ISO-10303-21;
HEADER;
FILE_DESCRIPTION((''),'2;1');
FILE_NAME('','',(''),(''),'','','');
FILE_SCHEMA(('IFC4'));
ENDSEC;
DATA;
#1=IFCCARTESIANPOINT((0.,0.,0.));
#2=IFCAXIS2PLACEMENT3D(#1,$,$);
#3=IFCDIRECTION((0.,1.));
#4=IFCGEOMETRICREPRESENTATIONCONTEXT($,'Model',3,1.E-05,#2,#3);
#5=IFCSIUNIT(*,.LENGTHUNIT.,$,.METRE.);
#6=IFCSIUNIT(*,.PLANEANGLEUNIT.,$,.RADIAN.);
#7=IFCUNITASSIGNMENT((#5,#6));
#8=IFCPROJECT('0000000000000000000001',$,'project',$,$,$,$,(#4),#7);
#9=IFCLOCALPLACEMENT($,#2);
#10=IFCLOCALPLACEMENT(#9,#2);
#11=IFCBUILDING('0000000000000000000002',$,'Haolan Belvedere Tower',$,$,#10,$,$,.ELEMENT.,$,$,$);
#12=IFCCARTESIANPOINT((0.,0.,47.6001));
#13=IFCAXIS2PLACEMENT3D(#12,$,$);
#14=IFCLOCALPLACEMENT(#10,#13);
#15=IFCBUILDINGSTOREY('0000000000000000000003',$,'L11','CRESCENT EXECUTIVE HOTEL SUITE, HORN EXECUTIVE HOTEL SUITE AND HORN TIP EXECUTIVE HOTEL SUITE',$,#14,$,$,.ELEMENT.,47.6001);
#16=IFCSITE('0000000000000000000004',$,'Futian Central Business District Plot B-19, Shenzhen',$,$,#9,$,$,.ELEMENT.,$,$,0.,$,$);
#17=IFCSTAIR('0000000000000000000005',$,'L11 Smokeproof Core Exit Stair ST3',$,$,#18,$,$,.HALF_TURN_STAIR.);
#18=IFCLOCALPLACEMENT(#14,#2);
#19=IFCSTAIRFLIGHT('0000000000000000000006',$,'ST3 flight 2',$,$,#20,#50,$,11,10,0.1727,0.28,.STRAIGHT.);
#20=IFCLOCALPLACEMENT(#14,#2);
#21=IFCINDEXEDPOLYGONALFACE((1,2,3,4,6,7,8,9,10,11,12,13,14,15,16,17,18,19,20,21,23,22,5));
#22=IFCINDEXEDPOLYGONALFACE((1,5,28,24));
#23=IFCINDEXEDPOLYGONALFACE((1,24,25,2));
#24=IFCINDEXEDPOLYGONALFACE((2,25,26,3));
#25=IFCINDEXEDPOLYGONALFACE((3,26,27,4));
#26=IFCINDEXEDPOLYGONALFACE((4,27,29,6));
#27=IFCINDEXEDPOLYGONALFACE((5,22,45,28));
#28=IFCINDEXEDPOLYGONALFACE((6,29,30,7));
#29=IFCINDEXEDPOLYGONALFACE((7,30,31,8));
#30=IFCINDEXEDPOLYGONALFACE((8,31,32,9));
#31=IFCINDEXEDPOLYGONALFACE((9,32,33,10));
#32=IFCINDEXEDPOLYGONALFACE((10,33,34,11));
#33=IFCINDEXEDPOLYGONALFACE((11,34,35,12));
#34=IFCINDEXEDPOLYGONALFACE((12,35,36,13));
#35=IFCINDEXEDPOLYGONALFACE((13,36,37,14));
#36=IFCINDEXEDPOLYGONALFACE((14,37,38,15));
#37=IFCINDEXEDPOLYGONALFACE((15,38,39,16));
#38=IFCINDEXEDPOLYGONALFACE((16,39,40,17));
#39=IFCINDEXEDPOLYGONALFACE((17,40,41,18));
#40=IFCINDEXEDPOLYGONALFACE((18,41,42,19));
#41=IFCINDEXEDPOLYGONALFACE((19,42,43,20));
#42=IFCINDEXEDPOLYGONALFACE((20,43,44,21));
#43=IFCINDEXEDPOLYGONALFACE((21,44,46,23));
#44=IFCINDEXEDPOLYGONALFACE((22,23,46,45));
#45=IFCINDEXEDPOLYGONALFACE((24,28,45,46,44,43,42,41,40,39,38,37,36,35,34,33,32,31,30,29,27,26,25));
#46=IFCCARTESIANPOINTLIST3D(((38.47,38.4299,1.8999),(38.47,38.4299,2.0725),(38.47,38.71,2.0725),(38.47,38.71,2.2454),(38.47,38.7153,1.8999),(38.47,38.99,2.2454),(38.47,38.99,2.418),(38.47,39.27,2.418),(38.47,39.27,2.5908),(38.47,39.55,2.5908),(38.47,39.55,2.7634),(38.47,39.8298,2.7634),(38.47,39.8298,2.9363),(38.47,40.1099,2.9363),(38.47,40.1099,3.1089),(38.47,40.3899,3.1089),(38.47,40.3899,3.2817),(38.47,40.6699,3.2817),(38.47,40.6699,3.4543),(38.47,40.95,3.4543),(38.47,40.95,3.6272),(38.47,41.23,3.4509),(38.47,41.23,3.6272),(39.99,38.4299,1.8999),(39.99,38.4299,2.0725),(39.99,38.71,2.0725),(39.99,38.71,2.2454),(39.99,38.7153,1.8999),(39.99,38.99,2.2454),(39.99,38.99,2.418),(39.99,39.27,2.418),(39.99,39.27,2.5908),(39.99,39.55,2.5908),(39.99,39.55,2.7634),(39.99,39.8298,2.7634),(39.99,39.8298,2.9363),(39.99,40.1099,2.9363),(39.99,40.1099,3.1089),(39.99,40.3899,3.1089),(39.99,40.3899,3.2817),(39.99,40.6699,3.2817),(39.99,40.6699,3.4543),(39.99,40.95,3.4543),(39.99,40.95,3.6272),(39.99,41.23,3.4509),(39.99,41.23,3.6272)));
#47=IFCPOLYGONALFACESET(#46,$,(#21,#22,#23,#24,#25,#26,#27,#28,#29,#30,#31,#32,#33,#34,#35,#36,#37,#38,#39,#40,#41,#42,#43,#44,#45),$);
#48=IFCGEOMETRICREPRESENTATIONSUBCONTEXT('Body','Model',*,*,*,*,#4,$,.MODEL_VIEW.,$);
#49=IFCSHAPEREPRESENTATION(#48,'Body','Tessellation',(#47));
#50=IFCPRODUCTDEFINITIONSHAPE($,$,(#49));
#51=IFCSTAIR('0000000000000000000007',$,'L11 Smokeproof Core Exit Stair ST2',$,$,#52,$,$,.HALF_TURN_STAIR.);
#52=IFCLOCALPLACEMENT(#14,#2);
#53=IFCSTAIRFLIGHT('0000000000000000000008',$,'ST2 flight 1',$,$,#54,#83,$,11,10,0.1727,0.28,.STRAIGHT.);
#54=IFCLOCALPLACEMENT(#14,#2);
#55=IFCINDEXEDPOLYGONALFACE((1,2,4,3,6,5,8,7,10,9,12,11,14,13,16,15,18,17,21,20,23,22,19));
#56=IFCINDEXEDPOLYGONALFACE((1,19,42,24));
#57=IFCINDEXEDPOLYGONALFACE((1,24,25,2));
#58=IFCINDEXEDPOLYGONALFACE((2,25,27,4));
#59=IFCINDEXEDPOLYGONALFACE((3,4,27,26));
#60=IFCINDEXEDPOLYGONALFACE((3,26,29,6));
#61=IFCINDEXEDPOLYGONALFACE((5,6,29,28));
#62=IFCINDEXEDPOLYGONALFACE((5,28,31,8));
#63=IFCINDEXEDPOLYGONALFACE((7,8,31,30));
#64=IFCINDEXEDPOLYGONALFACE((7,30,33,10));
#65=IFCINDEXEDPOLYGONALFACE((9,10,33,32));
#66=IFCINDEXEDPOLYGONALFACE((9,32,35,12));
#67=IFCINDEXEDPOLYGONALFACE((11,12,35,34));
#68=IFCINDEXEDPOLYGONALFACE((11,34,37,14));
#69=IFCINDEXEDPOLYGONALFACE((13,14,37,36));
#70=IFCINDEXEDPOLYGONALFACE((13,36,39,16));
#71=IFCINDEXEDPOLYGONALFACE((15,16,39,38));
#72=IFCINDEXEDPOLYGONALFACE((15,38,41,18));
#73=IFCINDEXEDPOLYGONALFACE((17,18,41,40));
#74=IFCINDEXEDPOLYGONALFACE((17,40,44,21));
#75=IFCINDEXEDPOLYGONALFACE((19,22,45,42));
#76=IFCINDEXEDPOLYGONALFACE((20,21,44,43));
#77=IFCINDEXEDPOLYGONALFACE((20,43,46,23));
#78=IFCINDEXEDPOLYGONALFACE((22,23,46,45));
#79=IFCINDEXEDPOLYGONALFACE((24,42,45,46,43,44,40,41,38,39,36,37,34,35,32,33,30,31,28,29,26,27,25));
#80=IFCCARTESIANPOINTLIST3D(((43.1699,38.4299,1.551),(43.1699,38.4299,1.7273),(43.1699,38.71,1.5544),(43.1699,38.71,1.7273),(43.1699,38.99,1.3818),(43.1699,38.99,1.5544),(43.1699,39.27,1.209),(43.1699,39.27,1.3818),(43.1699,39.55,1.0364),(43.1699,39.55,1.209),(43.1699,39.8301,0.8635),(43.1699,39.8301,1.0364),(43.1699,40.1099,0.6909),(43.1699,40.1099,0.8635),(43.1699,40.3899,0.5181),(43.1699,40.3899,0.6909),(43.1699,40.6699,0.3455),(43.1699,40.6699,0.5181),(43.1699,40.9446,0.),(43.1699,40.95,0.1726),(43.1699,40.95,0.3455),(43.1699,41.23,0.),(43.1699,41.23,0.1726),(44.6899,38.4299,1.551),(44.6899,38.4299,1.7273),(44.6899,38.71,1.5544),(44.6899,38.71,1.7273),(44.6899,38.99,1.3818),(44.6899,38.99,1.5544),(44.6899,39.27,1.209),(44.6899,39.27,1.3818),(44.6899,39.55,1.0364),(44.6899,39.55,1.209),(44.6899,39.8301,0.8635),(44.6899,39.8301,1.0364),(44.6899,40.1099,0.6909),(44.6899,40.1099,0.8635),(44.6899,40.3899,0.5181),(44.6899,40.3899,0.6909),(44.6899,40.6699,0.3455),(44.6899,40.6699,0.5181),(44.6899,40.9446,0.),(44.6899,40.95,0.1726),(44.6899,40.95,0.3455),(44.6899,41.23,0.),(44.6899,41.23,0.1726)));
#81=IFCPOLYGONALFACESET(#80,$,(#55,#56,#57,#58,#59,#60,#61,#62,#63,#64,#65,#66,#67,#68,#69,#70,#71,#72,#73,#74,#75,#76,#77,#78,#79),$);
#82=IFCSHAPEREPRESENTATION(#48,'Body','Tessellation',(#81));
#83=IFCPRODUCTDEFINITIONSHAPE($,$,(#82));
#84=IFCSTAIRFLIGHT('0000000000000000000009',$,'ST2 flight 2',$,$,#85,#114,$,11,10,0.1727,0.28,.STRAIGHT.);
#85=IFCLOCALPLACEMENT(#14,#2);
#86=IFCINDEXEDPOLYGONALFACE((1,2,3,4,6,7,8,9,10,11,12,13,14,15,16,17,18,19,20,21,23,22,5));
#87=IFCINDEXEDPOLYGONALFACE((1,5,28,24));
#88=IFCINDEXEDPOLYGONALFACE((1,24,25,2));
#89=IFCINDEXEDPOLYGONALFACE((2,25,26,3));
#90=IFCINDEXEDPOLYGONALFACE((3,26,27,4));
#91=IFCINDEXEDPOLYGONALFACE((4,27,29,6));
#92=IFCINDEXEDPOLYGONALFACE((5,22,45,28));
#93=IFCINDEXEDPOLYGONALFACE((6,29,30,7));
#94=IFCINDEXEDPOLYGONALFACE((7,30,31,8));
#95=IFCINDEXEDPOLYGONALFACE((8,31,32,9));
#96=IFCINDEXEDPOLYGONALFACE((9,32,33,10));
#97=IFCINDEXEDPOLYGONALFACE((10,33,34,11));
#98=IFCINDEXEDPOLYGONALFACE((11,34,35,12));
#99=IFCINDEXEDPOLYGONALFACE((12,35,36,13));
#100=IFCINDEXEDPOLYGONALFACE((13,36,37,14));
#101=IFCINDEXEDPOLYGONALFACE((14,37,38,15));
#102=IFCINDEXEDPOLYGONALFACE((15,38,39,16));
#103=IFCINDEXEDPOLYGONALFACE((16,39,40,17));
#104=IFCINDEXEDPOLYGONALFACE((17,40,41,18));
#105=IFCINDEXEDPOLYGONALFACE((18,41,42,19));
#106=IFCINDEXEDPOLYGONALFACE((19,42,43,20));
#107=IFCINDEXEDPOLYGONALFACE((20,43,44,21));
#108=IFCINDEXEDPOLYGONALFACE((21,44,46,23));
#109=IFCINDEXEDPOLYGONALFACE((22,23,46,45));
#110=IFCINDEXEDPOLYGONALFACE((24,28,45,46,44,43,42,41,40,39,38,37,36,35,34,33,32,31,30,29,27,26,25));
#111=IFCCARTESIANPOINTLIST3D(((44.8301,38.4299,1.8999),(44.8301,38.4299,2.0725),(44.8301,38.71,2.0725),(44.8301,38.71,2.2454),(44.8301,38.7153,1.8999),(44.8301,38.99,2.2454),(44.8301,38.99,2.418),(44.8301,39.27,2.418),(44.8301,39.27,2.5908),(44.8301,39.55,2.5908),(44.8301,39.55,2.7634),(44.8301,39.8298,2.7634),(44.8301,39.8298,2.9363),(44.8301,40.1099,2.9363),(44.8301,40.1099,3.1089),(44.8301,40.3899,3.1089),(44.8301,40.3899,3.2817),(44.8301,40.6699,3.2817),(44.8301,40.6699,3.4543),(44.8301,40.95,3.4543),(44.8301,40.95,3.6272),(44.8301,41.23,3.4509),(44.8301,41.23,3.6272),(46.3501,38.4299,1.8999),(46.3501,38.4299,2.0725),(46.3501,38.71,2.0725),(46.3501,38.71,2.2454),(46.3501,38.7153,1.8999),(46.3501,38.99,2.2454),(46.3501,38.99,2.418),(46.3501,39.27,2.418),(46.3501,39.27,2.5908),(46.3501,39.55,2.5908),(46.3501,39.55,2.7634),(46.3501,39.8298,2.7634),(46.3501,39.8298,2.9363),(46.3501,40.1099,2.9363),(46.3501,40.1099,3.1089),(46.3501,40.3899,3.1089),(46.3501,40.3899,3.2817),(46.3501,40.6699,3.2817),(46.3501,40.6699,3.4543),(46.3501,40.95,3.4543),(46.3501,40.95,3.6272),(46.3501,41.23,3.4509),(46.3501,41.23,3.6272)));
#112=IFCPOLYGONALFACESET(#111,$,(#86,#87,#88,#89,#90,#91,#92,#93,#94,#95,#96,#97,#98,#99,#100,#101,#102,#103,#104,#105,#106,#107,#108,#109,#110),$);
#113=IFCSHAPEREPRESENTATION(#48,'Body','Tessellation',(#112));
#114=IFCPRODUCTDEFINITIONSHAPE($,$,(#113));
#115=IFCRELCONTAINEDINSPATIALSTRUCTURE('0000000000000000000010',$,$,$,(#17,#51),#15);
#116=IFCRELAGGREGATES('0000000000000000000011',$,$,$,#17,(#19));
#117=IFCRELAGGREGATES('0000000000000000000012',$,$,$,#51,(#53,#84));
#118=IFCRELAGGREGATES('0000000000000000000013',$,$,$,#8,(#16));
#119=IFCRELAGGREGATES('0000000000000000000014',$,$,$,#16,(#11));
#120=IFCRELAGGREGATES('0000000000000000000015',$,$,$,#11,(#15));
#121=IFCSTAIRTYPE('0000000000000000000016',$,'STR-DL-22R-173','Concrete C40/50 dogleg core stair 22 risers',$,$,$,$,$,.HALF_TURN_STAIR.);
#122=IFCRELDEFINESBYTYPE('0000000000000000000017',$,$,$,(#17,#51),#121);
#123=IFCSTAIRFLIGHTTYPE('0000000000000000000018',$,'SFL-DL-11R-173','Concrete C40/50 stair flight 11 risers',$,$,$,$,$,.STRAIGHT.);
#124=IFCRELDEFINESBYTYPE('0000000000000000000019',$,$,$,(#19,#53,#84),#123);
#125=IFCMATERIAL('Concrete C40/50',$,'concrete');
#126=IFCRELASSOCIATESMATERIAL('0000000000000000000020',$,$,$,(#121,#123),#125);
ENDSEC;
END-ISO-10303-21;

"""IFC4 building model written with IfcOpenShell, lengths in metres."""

from ifc_helpers import new_model, si_unit, direction, frame, origin, place, context, subcontext, project, spatial, polyline, outline, extrude, material, type_object, element, aggregate, save


model = new_model("IFC4")

# Units and contexts
model_context = context("Model", 3, precision=1e-05, world=origin(), true_north=direction((0.0, 1.0)))
body_context = subcontext(model_context, "Body", "Model", "MODEL_VIEW")
ifc_project = project(units=[si_unit("LENGTHUNIT", "METRE"), si_unit("PLANEANGLEUNIT", "RADIAN")], contexts=[model_context])

# Site, building, storey
site_placement = place(None, origin())
site = spatial("IfcSite", under=ifc_project, at=site_placement, Name="Futian Central Business District Plot B-19, Shenzhen", CompositionType="ELEMENT", RefElevation=0.0)
building_placement = place(site_placement, origin())
building = spatial("IfcBuilding", under=site, at=building_placement, Name="Haolan Belvedere Tower", CompositionType="ELEMENT")
storey_placement = place(building_placement, frame((0.0, 0.0, 47.6001)))
storey = spatial("IfcBuildingStorey", under=building, at=storey_placement, Name="L11", Description="CRESCENT EXECUTIVE HOTEL SUITE, HORN EXECUTIVE HOTEL SUITE AND HORN TIP EXECUTIVE HOTEL SUITE", CompositionType="ELEMENT", Elevation=47.6001)

# Stair, stair flight
ifc_material_1 = material(Name="Concrete C40/50", Category="concrete")
stair_type = type_object("IfcStairType", Name="STR-DL-22R-173", Description="Concrete C40/50 dogleg core stair 22 risers", PredefinedType="HALF_TURN_STAIR", material=ifc_material_1)
stair_1_placement = place(storey_placement, origin())
stair_1 = element("IfcStair", 1, at=stair_1_placement, inside=storey, type_object=stair_type, Name="L11 Smokeproof Core Exit Stair ST3", PredefinedType="HALF_TURN_STAIR")
stair_flight_type = type_object("IfcStairFlightType", Name="SFL-DL-11R-173", Description="Concrete C40/50 stair flight 11 risers", PredefinedType="STRAIGHT", material=ifc_material_1)
stair_flight_1_placement = place(storey_placement, frame((39.23, 38.4299, 1.8999), z_axis=(0.0, 0.0, 1.0), x_axis=(0.0, 1.0, 0.0)))
stair_flight_1 = element("IfcStairFlight", 2, at=stair_flight_1_placement, type_object=stair_flight_type, Name="ST3 flight 2", NumberOfRisers=11, NumberOfTreads=10, PredefinedType="STRAIGHT", RiserHeight=0.1727, TreadLength=0.28, context=body_context, shape_type="SweptSolid", body=[
    extrude(outline(polyline([(0.0, 0.0), (0.0, 0.1726), (0.28, 0.1726), (0.28, 0.3455), (0.5601, 0.3455), (0.5601, 0.5181), (0.8401, 0.5181), (0.8401, 0.6909), (1.1201, 0.6909), (1.1201, 0.8635), (1.3999, 0.8635), (1.3999, 1.0364), (1.6799, 1.0364), (1.6799, 1.209), (1.96, 1.209), (1.96, 1.3818), (2.24, 1.3818), (2.24, 1.5544), (2.52, 1.5544), (2.52, 1.7273), (2.8, 1.7273), (2.8, 1.8999), (2.8, 1.551), (0.2854, 0.0), (0.0, 0.0)])), frame((0.0, 0.76, 0.0), z_axis=(0.0, -1.0, 0.0), x_axis=(1.0, 0.0, 0.0)), (0.0, 0.0, 1.0), 1.52),
])
aggregate(stair_1, [stair_flight_1])

# Stair, stair flights
stair_2_placement = place(storey_placement, origin())
stair_2 = element("IfcStair", 3, at=stair_2_placement, inside=storey, type_object=stair_type, Name="L11 Smokeproof Core Exit Stair ST2", PredefinedType="HALF_TURN_STAIR")
stair_flight_2_placement = place(storey_placement, frame((43.9299, 41.23, 0.0), z_axis=(0.0, 0.0, 1.0), x_axis=(0.0, -1.0, 0.0)))
stair_flight_2 = element("IfcStairFlight", 4, at=stair_flight_2_placement, type_object=stair_flight_type, Name="ST2 flight 1", NumberOfRisers=11, NumberOfTreads=10, PredefinedType="STRAIGHT", RiserHeight=0.1727, TreadLength=0.28, context=body_context, shape_type="SweptSolid", body=[
    extrude(outline(polyline([(0.0, 0.0), (0.0, 0.1726), (0.28, 0.1726), (0.28, 0.3455), (0.5601, 0.3455), (0.5601, 0.5181), (0.8401, 0.5181), (0.8401, 0.6909), (1.1201, 0.6909), (1.1201, 0.8635), (1.3999, 0.8635), (1.3999, 1.0364), (1.6799, 1.0364), (1.6799, 1.209), (1.96, 1.209), (1.96, 1.3818), (2.24, 1.3818), (2.24, 1.5544), (2.52, 1.5544), (2.52, 1.7273), (2.8, 1.7273), (2.8, 1.8999), (2.8, 1.551), (0.2854, 0.0), (0.0, 0.0)])), frame((0.0, 0.76, 0.0), z_axis=(0.0, -1.0, 0.0), x_axis=(1.0, 0.0, 0.0)), (0.0, 0.0, 1.0), 1.52),
])
stair_flight_3_placement = place(storey_placement, frame((45.5901, 38.4299, 1.8999), z_axis=(0.0, 0.0, 1.0), x_axis=(0.0, 1.0, 0.0)))
stair_flight_3 = element("IfcStairFlight", 5, at=stair_flight_3_placement, type_object=stair_flight_type, Name="ST2 flight 2", NumberOfRisers=11, NumberOfTreads=10, PredefinedType="STRAIGHT", RiserHeight=0.1727, TreadLength=0.28, context=body_context, shape_type="SweptSolid", body=[
    extrude(outline(polyline([(0.0, 0.0), (0.0, 0.1726), (0.28, 0.1726), (0.28, 0.3455), (0.5601, 0.3455), (0.5601, 0.5181), (0.8401, 0.5181), (0.8401, 0.6909), (1.1201, 0.6909), (1.1201, 0.8635), (1.3999, 0.8635), (1.3999, 1.0364), (1.6799, 1.0364), (1.6799, 1.209), (1.96, 1.209), (1.96, 1.3818), (2.24, 1.3818), (2.24, 1.5544), (2.52, 1.5544), (2.52, 1.7273), (2.8, 1.7273), (2.8, 1.8999), (2.8, 1.551), (0.2854, 0.0), (0.0, 0.0)])), frame((0.0, 0.76, 0.0), z_axis=(0.0, -1.0, 0.0), x_axis=(1.0, 0.0, 0.0)), (0.0, 0.0, 1.0), 1.52),
])
aggregate(stair_2, [stair_flight_2, stair_flight_3])

save(model, "model.ifc")
